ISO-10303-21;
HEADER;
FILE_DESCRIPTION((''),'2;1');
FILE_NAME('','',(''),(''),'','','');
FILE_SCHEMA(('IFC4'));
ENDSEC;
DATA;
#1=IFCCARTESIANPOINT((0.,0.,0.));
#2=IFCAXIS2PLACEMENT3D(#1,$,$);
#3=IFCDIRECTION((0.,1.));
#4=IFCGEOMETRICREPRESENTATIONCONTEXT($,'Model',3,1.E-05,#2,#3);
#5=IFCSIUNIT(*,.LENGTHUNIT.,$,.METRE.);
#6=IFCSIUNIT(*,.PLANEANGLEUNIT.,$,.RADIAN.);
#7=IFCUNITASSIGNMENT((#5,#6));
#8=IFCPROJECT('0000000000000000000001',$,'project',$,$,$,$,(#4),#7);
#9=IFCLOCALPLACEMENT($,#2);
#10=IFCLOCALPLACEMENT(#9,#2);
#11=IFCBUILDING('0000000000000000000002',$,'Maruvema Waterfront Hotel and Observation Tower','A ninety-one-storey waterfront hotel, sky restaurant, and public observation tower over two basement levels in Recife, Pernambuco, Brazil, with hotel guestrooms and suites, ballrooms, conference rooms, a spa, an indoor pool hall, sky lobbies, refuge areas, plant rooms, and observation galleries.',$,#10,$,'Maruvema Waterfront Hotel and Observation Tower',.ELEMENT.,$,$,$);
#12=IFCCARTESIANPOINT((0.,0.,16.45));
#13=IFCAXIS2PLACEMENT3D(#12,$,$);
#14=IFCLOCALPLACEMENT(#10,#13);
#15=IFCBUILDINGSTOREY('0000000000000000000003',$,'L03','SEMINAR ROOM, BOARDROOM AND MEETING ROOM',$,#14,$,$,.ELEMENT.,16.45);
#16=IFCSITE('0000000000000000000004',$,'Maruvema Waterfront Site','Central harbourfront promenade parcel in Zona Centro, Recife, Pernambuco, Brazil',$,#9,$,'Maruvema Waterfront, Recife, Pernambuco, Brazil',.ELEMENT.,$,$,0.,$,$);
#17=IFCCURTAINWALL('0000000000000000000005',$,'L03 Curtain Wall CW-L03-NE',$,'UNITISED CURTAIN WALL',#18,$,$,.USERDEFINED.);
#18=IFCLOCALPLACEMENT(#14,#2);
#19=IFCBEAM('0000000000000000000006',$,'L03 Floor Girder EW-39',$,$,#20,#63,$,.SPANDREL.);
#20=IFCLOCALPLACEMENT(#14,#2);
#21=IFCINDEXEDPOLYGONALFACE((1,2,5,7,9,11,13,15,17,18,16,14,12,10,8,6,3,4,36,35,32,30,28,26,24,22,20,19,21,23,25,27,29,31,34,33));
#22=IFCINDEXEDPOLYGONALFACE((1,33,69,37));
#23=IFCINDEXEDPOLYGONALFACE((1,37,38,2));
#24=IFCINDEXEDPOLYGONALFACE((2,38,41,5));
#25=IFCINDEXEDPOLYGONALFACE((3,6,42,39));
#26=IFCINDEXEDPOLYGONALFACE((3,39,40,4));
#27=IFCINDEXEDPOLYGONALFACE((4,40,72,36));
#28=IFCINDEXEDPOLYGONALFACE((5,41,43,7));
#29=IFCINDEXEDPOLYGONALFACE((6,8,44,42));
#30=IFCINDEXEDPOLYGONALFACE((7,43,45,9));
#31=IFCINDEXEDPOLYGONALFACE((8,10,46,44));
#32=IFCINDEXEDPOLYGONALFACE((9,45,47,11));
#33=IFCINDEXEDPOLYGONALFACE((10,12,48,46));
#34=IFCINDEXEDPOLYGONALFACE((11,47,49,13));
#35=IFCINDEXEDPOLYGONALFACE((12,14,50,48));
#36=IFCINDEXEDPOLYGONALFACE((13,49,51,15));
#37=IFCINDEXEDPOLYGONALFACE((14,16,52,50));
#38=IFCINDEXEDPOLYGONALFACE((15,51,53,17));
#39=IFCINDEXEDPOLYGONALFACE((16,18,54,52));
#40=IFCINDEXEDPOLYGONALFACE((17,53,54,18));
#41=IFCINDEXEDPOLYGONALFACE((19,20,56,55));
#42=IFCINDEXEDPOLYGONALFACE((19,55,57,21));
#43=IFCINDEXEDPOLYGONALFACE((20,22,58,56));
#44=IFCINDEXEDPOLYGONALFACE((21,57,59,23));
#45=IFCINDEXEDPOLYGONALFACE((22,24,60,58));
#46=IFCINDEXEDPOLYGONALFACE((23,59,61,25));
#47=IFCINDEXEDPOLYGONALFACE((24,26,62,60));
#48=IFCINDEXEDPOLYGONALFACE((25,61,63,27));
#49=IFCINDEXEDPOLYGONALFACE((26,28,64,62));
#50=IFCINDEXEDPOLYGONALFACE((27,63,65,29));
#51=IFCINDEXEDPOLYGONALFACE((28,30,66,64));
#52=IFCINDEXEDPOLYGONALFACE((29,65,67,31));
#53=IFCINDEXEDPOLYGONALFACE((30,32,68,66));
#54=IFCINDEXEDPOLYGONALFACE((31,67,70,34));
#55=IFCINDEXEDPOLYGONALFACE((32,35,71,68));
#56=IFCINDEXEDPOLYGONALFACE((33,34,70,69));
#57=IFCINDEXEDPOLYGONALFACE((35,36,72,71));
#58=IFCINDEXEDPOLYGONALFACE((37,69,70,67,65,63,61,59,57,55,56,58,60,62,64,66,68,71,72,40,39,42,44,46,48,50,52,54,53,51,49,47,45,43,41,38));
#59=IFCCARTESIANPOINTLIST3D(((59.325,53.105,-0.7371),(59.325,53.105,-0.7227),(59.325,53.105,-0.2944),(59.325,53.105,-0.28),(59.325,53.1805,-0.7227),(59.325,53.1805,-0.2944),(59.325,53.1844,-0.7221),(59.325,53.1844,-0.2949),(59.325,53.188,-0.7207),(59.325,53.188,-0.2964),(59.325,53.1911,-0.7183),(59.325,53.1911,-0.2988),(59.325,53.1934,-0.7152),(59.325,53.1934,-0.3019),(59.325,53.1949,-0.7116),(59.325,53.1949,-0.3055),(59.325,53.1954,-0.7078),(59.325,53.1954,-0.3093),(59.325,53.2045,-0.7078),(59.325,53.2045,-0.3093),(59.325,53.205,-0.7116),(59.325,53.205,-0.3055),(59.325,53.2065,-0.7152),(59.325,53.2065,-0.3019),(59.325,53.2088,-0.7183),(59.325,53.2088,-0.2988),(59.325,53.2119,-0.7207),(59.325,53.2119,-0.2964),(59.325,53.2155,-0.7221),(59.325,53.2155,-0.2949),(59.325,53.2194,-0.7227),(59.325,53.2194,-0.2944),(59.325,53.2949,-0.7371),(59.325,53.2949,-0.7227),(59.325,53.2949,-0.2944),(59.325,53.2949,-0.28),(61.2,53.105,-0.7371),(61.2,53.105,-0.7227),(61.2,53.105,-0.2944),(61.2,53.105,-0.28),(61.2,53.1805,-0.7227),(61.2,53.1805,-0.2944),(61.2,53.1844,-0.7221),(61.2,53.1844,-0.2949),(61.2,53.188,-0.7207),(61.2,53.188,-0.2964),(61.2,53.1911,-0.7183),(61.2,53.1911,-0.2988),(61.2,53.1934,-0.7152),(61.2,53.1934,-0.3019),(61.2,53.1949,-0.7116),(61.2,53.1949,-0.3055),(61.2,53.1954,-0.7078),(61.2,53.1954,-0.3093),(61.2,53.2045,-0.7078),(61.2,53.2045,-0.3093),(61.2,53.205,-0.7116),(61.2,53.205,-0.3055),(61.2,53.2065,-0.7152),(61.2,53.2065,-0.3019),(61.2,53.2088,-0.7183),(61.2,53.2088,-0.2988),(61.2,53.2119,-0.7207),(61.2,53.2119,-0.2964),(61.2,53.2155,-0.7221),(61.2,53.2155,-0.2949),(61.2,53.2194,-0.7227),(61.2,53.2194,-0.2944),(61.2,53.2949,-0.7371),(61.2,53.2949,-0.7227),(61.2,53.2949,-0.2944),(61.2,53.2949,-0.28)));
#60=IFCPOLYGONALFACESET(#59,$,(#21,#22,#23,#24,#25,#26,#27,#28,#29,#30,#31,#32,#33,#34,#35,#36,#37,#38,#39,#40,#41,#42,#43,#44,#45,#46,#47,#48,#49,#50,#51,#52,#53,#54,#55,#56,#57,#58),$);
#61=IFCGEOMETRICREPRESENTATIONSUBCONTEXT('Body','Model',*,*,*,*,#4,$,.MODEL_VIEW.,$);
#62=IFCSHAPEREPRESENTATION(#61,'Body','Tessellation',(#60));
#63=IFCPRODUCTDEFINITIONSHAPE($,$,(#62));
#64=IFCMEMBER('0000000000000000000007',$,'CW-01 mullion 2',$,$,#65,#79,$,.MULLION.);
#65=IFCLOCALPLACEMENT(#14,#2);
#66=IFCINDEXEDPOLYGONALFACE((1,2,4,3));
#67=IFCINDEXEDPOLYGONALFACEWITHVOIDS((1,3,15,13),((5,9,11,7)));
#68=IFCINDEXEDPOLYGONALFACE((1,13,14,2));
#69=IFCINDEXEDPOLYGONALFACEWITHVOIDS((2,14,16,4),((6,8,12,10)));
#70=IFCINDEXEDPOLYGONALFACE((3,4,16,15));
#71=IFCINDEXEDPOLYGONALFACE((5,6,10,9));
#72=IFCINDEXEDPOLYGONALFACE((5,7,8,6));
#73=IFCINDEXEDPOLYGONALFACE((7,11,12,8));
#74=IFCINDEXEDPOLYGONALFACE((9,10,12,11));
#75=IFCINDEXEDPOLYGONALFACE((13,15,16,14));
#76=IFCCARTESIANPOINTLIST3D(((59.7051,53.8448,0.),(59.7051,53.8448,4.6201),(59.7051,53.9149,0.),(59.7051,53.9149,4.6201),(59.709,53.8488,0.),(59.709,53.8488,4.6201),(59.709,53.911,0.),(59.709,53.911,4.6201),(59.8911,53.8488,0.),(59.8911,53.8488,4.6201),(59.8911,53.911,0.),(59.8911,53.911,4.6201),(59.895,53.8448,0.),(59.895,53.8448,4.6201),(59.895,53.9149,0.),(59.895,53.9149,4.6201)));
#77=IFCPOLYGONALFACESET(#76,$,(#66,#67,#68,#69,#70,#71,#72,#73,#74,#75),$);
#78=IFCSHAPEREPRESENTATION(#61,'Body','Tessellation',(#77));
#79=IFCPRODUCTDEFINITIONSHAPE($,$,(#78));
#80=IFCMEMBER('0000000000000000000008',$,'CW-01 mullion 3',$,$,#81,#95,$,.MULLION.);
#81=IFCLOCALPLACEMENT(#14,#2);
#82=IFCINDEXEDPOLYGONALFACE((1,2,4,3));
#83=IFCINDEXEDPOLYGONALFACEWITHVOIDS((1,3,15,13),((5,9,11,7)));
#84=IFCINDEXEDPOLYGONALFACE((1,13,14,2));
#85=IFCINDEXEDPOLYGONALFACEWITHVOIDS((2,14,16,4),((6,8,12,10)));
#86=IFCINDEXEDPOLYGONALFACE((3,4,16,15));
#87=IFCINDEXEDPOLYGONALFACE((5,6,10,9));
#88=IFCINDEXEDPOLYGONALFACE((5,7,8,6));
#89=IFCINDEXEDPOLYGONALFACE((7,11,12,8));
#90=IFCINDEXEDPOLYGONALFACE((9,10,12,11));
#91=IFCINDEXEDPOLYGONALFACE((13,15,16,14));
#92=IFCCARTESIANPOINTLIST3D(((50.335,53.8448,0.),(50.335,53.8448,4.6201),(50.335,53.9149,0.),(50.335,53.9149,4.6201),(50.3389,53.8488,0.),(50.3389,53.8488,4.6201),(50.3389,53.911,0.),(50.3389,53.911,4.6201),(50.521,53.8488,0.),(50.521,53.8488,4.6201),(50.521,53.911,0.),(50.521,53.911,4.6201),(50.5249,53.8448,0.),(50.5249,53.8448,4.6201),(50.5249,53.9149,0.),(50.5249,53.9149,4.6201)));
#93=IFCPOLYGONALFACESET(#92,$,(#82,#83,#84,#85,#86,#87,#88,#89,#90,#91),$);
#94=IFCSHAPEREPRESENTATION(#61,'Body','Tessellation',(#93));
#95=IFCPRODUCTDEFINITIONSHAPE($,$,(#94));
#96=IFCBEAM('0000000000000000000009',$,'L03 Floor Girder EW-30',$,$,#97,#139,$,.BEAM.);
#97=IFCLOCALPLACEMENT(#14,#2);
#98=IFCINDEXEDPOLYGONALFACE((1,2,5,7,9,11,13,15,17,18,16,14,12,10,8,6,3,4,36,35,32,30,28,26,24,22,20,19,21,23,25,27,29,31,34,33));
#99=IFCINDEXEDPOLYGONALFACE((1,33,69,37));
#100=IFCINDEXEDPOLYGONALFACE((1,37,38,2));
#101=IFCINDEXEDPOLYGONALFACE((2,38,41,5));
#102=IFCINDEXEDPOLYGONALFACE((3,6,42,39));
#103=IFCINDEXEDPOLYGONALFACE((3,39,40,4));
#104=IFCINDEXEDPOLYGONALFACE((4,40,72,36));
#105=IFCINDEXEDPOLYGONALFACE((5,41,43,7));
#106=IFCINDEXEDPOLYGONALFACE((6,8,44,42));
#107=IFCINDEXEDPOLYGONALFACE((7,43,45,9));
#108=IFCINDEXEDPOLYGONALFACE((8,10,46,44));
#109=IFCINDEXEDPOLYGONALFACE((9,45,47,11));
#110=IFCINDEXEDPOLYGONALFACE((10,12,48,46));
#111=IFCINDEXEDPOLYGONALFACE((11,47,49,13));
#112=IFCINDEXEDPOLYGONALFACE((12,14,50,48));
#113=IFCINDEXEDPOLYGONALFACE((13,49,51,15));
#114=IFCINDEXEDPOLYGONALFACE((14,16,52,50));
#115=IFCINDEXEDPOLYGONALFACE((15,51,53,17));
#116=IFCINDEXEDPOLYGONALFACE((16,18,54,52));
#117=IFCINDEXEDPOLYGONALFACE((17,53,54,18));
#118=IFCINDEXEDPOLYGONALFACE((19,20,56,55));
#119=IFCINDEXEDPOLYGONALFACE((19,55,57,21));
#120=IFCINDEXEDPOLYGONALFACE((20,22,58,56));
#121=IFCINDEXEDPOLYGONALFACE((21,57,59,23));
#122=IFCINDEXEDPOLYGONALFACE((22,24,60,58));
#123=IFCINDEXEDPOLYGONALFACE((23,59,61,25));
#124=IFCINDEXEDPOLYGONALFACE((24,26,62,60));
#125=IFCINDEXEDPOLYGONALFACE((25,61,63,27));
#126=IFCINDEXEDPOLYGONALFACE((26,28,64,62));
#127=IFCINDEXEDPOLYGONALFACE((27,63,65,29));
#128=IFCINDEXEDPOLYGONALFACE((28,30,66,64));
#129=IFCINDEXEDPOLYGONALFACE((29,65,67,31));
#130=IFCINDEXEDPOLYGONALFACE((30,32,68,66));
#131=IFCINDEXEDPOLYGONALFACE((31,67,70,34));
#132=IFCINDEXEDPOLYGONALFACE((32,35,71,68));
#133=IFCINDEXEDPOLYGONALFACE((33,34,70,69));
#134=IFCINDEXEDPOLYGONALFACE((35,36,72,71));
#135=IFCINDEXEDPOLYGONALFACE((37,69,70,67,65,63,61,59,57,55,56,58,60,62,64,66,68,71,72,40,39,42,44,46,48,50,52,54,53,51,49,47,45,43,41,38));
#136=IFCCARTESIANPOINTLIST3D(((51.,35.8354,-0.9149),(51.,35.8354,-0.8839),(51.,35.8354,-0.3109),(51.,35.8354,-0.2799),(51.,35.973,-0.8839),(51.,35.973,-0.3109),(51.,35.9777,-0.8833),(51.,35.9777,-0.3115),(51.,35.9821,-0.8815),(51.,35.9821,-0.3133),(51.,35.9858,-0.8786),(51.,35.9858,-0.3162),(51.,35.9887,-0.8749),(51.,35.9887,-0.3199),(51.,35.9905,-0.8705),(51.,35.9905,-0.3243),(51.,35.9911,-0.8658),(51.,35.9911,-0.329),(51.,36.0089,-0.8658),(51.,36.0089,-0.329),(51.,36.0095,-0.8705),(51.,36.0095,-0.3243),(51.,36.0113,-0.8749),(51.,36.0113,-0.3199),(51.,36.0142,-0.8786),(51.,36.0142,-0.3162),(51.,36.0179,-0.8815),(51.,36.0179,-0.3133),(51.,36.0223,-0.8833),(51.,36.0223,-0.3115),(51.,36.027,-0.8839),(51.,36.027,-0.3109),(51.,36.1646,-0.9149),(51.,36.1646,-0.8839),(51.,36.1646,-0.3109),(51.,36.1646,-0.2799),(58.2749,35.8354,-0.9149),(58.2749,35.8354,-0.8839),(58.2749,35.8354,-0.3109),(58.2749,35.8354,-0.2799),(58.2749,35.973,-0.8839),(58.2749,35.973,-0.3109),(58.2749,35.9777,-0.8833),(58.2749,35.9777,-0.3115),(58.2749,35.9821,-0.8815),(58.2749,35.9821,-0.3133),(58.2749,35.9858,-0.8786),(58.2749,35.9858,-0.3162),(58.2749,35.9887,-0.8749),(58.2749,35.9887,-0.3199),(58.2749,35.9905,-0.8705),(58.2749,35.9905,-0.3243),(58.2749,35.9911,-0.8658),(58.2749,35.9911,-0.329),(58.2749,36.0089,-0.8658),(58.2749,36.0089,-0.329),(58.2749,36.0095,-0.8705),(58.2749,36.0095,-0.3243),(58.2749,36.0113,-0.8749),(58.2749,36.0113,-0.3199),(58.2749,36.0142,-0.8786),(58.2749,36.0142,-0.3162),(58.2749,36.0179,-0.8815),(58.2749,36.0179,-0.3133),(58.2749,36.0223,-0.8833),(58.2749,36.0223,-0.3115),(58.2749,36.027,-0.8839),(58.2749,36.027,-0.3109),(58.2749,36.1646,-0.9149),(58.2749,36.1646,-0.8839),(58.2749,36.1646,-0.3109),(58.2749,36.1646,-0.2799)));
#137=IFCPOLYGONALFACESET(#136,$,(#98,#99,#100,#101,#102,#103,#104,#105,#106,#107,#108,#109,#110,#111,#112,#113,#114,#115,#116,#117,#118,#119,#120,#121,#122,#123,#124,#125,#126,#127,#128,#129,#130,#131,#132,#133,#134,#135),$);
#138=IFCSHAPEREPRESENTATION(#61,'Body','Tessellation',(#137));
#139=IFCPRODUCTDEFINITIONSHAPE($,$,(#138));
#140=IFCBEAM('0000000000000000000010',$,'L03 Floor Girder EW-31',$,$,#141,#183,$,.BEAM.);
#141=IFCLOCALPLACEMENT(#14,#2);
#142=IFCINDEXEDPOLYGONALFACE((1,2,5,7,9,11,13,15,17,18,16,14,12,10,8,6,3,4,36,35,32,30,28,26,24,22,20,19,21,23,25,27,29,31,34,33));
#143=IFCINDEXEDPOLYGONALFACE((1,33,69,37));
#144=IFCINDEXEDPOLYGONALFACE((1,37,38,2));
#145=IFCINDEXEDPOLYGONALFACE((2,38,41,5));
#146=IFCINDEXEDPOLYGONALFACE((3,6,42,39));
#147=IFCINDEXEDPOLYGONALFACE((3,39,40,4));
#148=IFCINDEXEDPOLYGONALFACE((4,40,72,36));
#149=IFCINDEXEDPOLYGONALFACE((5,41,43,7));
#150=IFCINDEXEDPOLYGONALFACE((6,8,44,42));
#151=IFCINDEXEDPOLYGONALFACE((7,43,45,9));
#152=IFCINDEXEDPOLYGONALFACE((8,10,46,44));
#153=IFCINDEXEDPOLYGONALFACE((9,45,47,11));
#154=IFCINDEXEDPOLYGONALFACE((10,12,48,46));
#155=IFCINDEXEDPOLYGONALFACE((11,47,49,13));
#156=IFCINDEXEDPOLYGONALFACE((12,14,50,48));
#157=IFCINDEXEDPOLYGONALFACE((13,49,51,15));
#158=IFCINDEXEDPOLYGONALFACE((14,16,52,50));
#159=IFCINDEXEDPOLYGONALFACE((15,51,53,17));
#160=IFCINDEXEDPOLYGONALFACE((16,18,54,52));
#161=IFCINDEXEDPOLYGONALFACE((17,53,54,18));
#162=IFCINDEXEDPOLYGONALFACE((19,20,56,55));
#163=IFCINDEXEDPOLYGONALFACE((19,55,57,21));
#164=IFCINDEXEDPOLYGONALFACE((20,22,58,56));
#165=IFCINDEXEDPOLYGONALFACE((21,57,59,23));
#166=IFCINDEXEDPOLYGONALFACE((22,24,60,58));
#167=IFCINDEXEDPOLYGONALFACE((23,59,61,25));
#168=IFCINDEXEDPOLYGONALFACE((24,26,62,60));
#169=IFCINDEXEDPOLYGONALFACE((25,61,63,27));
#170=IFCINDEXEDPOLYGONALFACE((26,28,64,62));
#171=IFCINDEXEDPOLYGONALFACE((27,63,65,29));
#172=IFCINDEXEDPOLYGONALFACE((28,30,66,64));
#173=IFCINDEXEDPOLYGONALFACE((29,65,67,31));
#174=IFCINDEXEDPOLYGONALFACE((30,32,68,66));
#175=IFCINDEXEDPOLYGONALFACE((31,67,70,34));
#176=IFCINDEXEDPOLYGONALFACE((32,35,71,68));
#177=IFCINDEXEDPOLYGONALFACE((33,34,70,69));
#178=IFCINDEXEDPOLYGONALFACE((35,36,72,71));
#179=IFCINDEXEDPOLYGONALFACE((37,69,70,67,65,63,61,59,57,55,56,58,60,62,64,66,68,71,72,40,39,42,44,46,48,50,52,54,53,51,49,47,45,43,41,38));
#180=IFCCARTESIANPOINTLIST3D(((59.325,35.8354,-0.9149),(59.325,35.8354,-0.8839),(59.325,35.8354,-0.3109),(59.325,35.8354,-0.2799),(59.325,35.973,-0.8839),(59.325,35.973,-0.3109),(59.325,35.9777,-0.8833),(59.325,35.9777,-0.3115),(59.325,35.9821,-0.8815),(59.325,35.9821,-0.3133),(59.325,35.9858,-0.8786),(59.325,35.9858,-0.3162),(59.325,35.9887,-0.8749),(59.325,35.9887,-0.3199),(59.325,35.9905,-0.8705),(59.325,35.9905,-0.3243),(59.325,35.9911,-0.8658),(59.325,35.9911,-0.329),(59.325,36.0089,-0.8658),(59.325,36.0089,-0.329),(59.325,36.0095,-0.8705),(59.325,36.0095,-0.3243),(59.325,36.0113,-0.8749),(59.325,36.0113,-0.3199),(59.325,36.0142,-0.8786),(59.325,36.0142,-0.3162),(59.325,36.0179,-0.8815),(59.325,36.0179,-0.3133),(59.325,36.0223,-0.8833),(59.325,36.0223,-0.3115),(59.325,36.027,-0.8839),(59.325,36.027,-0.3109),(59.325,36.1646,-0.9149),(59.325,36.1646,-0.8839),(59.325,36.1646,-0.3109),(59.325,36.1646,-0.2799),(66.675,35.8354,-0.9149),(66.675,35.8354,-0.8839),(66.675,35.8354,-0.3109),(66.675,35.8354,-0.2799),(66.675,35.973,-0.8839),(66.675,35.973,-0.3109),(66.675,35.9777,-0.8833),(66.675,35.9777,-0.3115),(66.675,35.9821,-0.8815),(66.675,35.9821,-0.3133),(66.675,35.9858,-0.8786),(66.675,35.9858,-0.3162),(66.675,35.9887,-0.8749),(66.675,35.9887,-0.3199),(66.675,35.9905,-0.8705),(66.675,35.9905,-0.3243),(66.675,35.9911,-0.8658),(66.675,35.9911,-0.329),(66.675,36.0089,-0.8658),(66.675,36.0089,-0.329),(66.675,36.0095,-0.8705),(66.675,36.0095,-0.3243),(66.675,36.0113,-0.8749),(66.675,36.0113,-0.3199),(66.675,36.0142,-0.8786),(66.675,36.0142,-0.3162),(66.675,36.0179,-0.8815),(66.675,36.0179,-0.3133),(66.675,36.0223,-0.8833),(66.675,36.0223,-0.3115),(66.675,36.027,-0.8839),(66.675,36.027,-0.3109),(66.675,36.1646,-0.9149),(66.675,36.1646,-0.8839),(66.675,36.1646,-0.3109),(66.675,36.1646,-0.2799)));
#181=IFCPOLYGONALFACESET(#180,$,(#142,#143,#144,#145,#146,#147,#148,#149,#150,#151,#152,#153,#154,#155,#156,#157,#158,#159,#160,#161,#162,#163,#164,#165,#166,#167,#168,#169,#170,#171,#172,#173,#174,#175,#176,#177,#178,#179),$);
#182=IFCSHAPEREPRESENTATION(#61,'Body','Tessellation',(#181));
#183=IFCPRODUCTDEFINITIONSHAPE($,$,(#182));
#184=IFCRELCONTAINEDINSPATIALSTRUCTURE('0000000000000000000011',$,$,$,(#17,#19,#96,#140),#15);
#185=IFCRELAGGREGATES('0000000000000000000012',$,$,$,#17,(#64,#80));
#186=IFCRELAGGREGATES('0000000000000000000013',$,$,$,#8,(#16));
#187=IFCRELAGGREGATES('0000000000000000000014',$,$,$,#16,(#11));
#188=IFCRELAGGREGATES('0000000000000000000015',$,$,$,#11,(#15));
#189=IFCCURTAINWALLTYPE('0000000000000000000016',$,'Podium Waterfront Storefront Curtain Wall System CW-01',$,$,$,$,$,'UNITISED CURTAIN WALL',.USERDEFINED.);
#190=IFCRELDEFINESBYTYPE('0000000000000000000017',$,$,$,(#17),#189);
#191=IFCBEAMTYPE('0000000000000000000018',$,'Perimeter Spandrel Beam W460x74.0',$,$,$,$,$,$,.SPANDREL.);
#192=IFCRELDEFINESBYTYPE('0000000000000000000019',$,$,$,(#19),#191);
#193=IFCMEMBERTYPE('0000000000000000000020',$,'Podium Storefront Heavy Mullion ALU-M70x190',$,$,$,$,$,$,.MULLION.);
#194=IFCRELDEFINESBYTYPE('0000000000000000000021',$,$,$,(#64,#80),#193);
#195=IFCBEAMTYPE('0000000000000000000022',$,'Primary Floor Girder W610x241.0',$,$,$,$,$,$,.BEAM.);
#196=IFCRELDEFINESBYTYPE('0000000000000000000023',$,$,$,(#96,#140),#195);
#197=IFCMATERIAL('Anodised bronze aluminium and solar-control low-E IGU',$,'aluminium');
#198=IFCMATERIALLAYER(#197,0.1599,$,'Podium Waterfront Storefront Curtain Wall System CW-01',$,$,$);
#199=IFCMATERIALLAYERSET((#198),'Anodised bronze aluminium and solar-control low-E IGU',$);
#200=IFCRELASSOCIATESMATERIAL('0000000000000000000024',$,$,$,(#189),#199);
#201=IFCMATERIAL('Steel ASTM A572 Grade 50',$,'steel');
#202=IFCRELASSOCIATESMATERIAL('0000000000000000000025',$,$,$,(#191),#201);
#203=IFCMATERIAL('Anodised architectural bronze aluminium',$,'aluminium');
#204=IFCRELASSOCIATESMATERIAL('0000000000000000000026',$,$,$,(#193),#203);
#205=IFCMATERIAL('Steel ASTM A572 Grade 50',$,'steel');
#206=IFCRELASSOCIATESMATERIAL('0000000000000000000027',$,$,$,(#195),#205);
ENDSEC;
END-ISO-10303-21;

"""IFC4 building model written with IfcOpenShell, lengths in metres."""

from ifc_helpers import new_model, si_unit, direction, frame, origin, origin_2d, place, context, subcontext, project, spatial, hollow_rectangle, i_section, extrude, material, layer, layer_set, material_profile, profile_set, type_object, element, aggregate, save


model = new_model("IFC4")

# Units and contexts
model_context = context("Model", 3, precision=1e-05, world=origin(), true_north=direction((0.0, 1.0)))
body_context = subcontext(model_context, "Body", "Model", "MODEL_VIEW")
ifc_project = project(units=[si_unit("LENGTHUNIT", "METRE"), si_unit("PLANEANGLEUNIT", "RADIAN")], contexts=[model_context])

# Site, building, storey
site_placement = place(None, origin())
site = spatial("IfcSite", under=ifc_project, at=site_placement, Name="Maruvema Waterfront Site", Description="Central harbourfront promenade parcel in Zona Centro, Recife, Pernambuco, Brazil", LongName="Maruvema Waterfront, Recife, Pernambuco, Brazil", CompositionType="ELEMENT", RefElevation=0.0)
building_placement = place(site_placement, origin())
building = spatial("IfcBuilding", under=site, at=building_placement, Name="Maruvema Waterfront Hotel and Observation Tower", Description="A ninety-one-storey waterfront hotel, sky restaurant, and public observation tower over two basement levels in Recife, Pernambuco, Brazil, with hotel guestrooms and suites, ballrooms, conference rooms, a spa, an indoor pool hall, sky lobbies, refuge areas, plant rooms, and observation galleries.", LongName="Maruvema Waterfront Hotel and Observation Tower", CompositionType="ELEMENT")
storey_placement = place(building_placement, frame((0.0, 0.0, 16.45)))
storey = spatial("IfcBuildingStorey", under=building, at=storey_placement, Name="L03", Description="SEMINAR ROOM, BOARDROOM AND MEETING ROOM", CompositionType="ELEMENT", Elevation=16.45)

# Curtain wall
ifc_material_1 = material(Name="Anodised bronze aluminium and solar-control low-E IGU", Category="aluminium")
ifc_layer_1 = layer(ifc_material_1, 0.1599, Name="Podium Waterfront Storefront Curtain Wall System CW-01")
ifc_layer_set_1 = layer_set([ifc_layer_1], Name="Anodised bronze aluminium and solar-control low-E IGU")
curtain_wall_type = type_object("IfcCurtainWallType", Name="Podium Waterfront Storefront Curtain Wall System CW-01", ElementType="UNITISED CURTAIN WALL", PredefinedType="USERDEFINED", material=ifc_layer_set_1)
curtain_wall_placement = place(storey_placement, origin())
curtain_wall = element("IfcCurtainWall", 1, at=curtain_wall_placement, inside=storey, type_object=curtain_wall_type, Name="L03 Curtain Wall CW-L03-NE", ObjectType="UNITISED CURTAIN WALL", PredefinedType="USERDEFINED")

# Beam
ifc_material_2 = material(Name="Steel ASTM A572 Grade 50", Category="steel")
ifc_material_profile_1 = material_profile(ifc_material_2, i_section(OverallWidth=0.1899, OverallDepth=0.457, WebThickness=0.009, FlangeThickness=0.0144, FilletRadius=0.0149, at=origin_2d()), Name="W460x74.0")
ifc_profile_set_1 = profile_set([ifc_material_profile_1], Name="Steel ASTM A572 Grade 50")
beam_type_1 = type_object("IfcBeamType", Name="Perimeter Spandrel Beam W460x74.0", PredefinedType="SPANDREL", material=ifc_profile_set_1)
beam_1_placement = place(storey_placement, frame((59.325, 53.2, -0.5085), z_axis=(1.0, 0.0, 0.0), x_axis=(0.0, 1.0, 0.0)))
element("IfcBeam", 2, at=beam_1_placement, inside=storey, type_object=beam_type_1, Name="L03 Floor Girder EW-39", PredefinedType="SPANDREL", context=body_context, shape_type="SweptSolid", body=[
    extrude(i_section(OverallWidth=0.1899, OverallDepth=0.457, WebThickness=0.009, FlangeThickness=0.0144, FilletRadius=0.0149, at=origin_2d()), origin(), (0.0, 0.0, 1.0), 1.875),
])

# Members
ifc_material_3 = material(Name="Anodised architectural bronze aluminium", Category="aluminium")
ifc_material_profile_2 = material_profile(ifc_material_3, hollow_rectangle(XDim=0.0701, YDim=0.1899, WallThickness=0.0039, at=origin_2d()), Name="ALU-M70x190")
ifc_profile_set_2 = profile_set([ifc_material_profile_2], Name="Anodised architectural bronze aluminium")
member_type_1 = type_object("IfcMemberType", Name="Podium Storefront Heavy Mullion ALU-M70x190", PredefinedType="MULLION", material=ifc_profile_set_2)
member_1_placement = place(storey_placement, frame((59.8, 53.8799, 0.0), z_axis=(0.0, 0.0, 1.0), x_axis=(0.0, -1.0, 0.0)))
member_1 = element("IfcMember", 3, at=member_1_placement, type_object=member_type_1, Name="CW-01 mullion 2", PredefinedType="MULLION", context=body_context, shape_type="SweptSolid", body=[
    extrude(hollow_rectangle(XDim=0.0701, YDim=0.1899, WallThickness=0.0039, at=origin_2d()), origin(), (0.0, 0.0, 1.0), 4.6201),
])
member_2_placement = place(storey_placement, frame((50.4299, 53.8799, 0.0), z_axis=(0.0, 0.0, 1.0), x_axis=(0.0, -1.0, 0.0)))
member_2 = element("IfcMember", 4, at=member_2_placement, type_object=member_type_1, Name="CW-01 mullion 3", PredefinedType="MULLION", context=body_context, shape_type="SweptSolid", body=[
    extrude(hollow_rectangle(XDim=0.0701, YDim=0.1899, WallThickness=0.0039, at=origin_2d()), origin(), (0.0, 0.0, 1.0), 4.6201),
])

# Beams
ifc_material_4 = material(Name="Steel ASTM A572 Grade 50", Category="steel")
ifc_material_profile_3 = material_profile(ifc_material_4, i_section(OverallWidth=0.3291, OverallDepth=0.635, WebThickness=0.0178, FlangeThickness=0.031, FilletRadius=0.0181, at=origin_2d()), Name="W610x241.0")
ifc_profile_set_3 = profile_set([ifc_material_profile_3], Name="Steel ASTM A572 Grade 50")
beam_type_2 = type_object("IfcBeamType", Name="Primary Floor Girder W610x241.0", PredefinedType="BEAM", material=ifc_profile_set_3)
beam_2_placement = place(storey_placement, frame((51.0, 36.0, -0.5974), z_axis=(1.0, 0.0, 0.0), x_axis=(0.0, 1.0, 0.0)))
element("IfcBeam", 5, at=beam_2_placement, inside=storey, type_object=beam_type_2, Name="L03 Floor Girder EW-30", PredefinedType="BEAM", context=body_context, shape_type="SweptSolid", body=[
    extrude(i_section(OverallWidth=0.3291, OverallDepth=0.635, WebThickness=0.0178, FlangeThickness=0.031, FilletRadius=0.0181, at=origin_2d()), origin(), (0.0, 0.0, 1.0), 7.2749),
])
beam_3_placement = place(storey_placement, frame((59.325, 36.0, -0.5974), z_axis=(1.0, 0.0, 0.0), x_axis=(0.0, 1.0, 0.0)))
element("IfcBeam", 6, at=beam_3_placement, inside=storey, type_object=beam_type_2, Name="L03 Floor Girder EW-31", PredefinedType="BEAM", context=body_context, shape_type="SweptSolid", body=[
    extrude(i_section(OverallWidth=0.3291, OverallDepth=0.635, WebThickness=0.0178, FlangeThickness=0.031, FilletRadius=0.0181, at=origin_2d()), origin(), (0.0, 0.0, 1.0), 7.3501),
])

aggregate(curtain_wall, [member_1, member_2])

save(model, "model.ifc")
